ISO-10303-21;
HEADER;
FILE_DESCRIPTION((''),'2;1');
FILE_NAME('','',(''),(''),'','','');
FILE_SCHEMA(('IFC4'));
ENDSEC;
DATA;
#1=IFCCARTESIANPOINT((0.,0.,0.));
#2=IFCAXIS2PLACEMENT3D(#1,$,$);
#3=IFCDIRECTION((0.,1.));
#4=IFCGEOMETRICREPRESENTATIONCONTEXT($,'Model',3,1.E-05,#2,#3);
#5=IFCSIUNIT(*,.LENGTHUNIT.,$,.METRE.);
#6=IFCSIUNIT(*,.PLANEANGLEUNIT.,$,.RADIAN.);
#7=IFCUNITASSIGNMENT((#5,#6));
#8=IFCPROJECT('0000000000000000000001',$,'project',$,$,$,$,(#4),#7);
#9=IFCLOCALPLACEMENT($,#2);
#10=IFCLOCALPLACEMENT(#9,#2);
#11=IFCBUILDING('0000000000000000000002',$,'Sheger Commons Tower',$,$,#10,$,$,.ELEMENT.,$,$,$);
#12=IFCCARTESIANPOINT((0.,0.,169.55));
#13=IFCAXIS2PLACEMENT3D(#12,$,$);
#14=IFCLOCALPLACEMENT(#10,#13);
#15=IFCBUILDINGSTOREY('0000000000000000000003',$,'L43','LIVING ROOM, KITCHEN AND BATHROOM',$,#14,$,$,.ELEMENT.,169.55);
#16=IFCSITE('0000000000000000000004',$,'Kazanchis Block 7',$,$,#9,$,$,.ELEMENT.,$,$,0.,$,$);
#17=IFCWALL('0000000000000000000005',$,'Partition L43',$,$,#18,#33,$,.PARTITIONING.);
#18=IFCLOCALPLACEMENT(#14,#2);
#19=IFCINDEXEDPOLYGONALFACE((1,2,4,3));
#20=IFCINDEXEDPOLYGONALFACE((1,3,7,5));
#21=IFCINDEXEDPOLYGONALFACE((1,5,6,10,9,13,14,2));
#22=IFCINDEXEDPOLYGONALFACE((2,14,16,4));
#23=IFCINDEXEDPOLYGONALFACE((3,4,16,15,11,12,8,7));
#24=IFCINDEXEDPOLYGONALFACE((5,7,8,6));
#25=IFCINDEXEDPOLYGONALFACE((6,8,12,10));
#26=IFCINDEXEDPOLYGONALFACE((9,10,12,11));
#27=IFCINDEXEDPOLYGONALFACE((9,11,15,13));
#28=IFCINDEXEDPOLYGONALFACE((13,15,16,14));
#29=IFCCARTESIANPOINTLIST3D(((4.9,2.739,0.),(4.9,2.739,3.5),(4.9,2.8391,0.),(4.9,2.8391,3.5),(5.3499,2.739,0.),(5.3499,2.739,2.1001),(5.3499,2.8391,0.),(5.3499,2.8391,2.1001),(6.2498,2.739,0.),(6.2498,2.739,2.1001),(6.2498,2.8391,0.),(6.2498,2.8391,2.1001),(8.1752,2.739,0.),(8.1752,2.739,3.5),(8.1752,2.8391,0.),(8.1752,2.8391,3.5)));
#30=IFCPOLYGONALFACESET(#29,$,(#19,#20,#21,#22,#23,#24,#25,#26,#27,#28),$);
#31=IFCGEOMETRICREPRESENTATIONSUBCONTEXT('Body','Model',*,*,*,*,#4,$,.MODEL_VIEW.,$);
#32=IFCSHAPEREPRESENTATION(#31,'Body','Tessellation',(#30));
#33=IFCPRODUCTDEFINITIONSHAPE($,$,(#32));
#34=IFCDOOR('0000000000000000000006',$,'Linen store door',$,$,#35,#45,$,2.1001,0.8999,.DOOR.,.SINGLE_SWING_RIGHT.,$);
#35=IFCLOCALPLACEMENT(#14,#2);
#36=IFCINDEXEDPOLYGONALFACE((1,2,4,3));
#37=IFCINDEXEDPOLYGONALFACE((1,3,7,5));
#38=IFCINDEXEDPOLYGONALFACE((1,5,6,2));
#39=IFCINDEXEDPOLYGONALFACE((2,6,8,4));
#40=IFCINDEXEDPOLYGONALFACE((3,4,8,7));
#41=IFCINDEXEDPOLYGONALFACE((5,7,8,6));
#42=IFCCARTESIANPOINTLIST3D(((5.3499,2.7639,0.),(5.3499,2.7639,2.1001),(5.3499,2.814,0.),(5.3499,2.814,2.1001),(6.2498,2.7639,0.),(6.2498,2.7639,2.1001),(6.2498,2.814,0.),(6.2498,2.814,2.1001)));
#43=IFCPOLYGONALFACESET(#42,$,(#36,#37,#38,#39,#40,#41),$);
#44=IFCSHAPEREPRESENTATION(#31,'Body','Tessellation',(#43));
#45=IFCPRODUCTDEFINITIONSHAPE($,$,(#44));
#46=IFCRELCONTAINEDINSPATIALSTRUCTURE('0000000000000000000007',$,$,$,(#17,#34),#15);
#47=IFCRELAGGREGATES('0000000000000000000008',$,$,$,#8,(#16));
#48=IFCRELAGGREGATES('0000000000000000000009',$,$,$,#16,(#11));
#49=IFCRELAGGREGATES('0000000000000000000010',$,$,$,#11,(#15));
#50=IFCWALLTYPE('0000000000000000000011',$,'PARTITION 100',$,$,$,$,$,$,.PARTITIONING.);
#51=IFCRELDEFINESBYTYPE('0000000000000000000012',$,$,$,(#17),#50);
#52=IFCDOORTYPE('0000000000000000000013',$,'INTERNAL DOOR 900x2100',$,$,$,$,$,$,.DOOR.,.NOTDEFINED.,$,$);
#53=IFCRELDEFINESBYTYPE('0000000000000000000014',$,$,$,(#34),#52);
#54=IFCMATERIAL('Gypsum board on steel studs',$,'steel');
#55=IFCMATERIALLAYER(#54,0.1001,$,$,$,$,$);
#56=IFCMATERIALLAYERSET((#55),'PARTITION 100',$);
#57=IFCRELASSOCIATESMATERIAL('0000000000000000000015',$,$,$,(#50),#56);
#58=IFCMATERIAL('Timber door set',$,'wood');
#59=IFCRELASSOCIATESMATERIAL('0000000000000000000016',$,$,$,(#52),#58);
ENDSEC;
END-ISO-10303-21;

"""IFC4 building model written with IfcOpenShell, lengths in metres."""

from ifc_helpers import new_model, si_unit, direction, frame, frame_2d, origin, place, context, subcontext, project, spatial, rectangle, extrude, material, layer, layer_set, type_object, element, fill, save


model = new_model("IFC4")

# Units and contexts
model_context = context("Model", 3, precision=1e-05, world=origin(), true_north=direction((0.0, 1.0)))
body_context = subcontext(model_context, "Body", "Model", "MODEL_VIEW")
ifc_project = project(units=[si_unit("LENGTHUNIT", "METRE"), si_unit("PLANEANGLEUNIT", "RADIAN")], contexts=[model_context])

# Site, building, storey
site_placement = place(None, origin())
site = spatial("IfcSite", under=ifc_project, at=site_placement, Name="Kazanchis Block 7", CompositionType="ELEMENT", RefElevation=0.0)
building_placement = place(site_placement, origin())
building = spatial("IfcBuilding", under=site, at=building_placement, Name="Sheger Commons Tower", CompositionType="ELEMENT")
storey_placement = place(building_placement, frame((0.0, 0.0, 169.55)))
storey = spatial("IfcBuildingStorey", under=building, at=storey_placement, Name="L43", Description="LIVING ROOM, KITCHEN AND BATHROOM", CompositionType="ELEMENT", Elevation=169.55)

# Shared definitions
ifc_material_1 = material(Name="Gypsum board on steel studs", Category="steel")
ifc_layer = layer(ifc_material_1, 0.1001)
ifc_layer_set = layer_set([ifc_layer], Name="PARTITION 100")
wall_type = type_object("IfcWallType", Name="PARTITION 100", PredefinedType="PARTITIONING", material=ifc_layer_set)
ifc_material_2 = material(Name="Timber door set", Category="wood")
door_type = type_object("IfcDoorType", Name="INTERNAL DOOR 900x2100", OperationType="NOTDEFINED", PredefinedType="DOOR", material=ifc_material_2)

# Wall, opening, door
wall_1_placement = place(storey_placement, frame((4.8999, 2.7891, 0.0), z_axis=(0.0, 0.0, 1.0), x_axis=(1.0, 0.0, 0.0)))
wall_1 = element("IfcWall", 1, at=wall_1_placement, inside=storey, type_object=wall_type, Name="Partition L43", PredefinedType="PARTITIONING", context=body_context, shape_type="SweptSolid", body=[
    extrude(rectangle(XDim=3.2751, YDim=0.1001, at=frame_2d((1.6377, 0.0))), origin(), (0.0, 0.0, 1.0), 3.5),
])
opening_1_placement = place(wall_1_placement, frame((0.45, 0.0, 0.0)))
opening_1 = element("IfcOpeningElement", 2, at=opening_1_placement, cuts=wall_1, PredefinedType="OPENING", context=body_context, shape_type="SweptSolid", body=[
    extrude(rectangle(XDim=0.8999, YDim=2.1001, at=frame_2d((0.45, 1.05))), frame((0.0, 0.0601, 0.0), z_axis=(0.0, -1.0, 0.0), x_axis=(1.0, 0.0, 0.0)), (0.0, 0.0, 1.0), 0.1201),
])
door_1_placement = place(opening_1_placement, origin())
door_1 = element("IfcDoor", 3, at=door_1_placement, inside=storey, type_object=door_type, Name="Linen store door", OperationType="SINGLE_SWING_RIGHT", OverallHeight=2.1001, OverallWidth=0.8999, PredefinedType="DOOR", context=body_context, shape_type="SweptSolid", body=[
    extrude(rectangle(XDim=0.8999, YDim=2.1001, at=frame_2d((0.45, 1.05))), frame((0.0, 0.0249, 0.0), z_axis=(0.0, -1.0, 0.0), x_axis=(1.0, 0.0, 0.0)), (0.0, 0.0, 1.0), 0.05),
])
fill(opening_1, door_1)

save(model, "model.ifc")
